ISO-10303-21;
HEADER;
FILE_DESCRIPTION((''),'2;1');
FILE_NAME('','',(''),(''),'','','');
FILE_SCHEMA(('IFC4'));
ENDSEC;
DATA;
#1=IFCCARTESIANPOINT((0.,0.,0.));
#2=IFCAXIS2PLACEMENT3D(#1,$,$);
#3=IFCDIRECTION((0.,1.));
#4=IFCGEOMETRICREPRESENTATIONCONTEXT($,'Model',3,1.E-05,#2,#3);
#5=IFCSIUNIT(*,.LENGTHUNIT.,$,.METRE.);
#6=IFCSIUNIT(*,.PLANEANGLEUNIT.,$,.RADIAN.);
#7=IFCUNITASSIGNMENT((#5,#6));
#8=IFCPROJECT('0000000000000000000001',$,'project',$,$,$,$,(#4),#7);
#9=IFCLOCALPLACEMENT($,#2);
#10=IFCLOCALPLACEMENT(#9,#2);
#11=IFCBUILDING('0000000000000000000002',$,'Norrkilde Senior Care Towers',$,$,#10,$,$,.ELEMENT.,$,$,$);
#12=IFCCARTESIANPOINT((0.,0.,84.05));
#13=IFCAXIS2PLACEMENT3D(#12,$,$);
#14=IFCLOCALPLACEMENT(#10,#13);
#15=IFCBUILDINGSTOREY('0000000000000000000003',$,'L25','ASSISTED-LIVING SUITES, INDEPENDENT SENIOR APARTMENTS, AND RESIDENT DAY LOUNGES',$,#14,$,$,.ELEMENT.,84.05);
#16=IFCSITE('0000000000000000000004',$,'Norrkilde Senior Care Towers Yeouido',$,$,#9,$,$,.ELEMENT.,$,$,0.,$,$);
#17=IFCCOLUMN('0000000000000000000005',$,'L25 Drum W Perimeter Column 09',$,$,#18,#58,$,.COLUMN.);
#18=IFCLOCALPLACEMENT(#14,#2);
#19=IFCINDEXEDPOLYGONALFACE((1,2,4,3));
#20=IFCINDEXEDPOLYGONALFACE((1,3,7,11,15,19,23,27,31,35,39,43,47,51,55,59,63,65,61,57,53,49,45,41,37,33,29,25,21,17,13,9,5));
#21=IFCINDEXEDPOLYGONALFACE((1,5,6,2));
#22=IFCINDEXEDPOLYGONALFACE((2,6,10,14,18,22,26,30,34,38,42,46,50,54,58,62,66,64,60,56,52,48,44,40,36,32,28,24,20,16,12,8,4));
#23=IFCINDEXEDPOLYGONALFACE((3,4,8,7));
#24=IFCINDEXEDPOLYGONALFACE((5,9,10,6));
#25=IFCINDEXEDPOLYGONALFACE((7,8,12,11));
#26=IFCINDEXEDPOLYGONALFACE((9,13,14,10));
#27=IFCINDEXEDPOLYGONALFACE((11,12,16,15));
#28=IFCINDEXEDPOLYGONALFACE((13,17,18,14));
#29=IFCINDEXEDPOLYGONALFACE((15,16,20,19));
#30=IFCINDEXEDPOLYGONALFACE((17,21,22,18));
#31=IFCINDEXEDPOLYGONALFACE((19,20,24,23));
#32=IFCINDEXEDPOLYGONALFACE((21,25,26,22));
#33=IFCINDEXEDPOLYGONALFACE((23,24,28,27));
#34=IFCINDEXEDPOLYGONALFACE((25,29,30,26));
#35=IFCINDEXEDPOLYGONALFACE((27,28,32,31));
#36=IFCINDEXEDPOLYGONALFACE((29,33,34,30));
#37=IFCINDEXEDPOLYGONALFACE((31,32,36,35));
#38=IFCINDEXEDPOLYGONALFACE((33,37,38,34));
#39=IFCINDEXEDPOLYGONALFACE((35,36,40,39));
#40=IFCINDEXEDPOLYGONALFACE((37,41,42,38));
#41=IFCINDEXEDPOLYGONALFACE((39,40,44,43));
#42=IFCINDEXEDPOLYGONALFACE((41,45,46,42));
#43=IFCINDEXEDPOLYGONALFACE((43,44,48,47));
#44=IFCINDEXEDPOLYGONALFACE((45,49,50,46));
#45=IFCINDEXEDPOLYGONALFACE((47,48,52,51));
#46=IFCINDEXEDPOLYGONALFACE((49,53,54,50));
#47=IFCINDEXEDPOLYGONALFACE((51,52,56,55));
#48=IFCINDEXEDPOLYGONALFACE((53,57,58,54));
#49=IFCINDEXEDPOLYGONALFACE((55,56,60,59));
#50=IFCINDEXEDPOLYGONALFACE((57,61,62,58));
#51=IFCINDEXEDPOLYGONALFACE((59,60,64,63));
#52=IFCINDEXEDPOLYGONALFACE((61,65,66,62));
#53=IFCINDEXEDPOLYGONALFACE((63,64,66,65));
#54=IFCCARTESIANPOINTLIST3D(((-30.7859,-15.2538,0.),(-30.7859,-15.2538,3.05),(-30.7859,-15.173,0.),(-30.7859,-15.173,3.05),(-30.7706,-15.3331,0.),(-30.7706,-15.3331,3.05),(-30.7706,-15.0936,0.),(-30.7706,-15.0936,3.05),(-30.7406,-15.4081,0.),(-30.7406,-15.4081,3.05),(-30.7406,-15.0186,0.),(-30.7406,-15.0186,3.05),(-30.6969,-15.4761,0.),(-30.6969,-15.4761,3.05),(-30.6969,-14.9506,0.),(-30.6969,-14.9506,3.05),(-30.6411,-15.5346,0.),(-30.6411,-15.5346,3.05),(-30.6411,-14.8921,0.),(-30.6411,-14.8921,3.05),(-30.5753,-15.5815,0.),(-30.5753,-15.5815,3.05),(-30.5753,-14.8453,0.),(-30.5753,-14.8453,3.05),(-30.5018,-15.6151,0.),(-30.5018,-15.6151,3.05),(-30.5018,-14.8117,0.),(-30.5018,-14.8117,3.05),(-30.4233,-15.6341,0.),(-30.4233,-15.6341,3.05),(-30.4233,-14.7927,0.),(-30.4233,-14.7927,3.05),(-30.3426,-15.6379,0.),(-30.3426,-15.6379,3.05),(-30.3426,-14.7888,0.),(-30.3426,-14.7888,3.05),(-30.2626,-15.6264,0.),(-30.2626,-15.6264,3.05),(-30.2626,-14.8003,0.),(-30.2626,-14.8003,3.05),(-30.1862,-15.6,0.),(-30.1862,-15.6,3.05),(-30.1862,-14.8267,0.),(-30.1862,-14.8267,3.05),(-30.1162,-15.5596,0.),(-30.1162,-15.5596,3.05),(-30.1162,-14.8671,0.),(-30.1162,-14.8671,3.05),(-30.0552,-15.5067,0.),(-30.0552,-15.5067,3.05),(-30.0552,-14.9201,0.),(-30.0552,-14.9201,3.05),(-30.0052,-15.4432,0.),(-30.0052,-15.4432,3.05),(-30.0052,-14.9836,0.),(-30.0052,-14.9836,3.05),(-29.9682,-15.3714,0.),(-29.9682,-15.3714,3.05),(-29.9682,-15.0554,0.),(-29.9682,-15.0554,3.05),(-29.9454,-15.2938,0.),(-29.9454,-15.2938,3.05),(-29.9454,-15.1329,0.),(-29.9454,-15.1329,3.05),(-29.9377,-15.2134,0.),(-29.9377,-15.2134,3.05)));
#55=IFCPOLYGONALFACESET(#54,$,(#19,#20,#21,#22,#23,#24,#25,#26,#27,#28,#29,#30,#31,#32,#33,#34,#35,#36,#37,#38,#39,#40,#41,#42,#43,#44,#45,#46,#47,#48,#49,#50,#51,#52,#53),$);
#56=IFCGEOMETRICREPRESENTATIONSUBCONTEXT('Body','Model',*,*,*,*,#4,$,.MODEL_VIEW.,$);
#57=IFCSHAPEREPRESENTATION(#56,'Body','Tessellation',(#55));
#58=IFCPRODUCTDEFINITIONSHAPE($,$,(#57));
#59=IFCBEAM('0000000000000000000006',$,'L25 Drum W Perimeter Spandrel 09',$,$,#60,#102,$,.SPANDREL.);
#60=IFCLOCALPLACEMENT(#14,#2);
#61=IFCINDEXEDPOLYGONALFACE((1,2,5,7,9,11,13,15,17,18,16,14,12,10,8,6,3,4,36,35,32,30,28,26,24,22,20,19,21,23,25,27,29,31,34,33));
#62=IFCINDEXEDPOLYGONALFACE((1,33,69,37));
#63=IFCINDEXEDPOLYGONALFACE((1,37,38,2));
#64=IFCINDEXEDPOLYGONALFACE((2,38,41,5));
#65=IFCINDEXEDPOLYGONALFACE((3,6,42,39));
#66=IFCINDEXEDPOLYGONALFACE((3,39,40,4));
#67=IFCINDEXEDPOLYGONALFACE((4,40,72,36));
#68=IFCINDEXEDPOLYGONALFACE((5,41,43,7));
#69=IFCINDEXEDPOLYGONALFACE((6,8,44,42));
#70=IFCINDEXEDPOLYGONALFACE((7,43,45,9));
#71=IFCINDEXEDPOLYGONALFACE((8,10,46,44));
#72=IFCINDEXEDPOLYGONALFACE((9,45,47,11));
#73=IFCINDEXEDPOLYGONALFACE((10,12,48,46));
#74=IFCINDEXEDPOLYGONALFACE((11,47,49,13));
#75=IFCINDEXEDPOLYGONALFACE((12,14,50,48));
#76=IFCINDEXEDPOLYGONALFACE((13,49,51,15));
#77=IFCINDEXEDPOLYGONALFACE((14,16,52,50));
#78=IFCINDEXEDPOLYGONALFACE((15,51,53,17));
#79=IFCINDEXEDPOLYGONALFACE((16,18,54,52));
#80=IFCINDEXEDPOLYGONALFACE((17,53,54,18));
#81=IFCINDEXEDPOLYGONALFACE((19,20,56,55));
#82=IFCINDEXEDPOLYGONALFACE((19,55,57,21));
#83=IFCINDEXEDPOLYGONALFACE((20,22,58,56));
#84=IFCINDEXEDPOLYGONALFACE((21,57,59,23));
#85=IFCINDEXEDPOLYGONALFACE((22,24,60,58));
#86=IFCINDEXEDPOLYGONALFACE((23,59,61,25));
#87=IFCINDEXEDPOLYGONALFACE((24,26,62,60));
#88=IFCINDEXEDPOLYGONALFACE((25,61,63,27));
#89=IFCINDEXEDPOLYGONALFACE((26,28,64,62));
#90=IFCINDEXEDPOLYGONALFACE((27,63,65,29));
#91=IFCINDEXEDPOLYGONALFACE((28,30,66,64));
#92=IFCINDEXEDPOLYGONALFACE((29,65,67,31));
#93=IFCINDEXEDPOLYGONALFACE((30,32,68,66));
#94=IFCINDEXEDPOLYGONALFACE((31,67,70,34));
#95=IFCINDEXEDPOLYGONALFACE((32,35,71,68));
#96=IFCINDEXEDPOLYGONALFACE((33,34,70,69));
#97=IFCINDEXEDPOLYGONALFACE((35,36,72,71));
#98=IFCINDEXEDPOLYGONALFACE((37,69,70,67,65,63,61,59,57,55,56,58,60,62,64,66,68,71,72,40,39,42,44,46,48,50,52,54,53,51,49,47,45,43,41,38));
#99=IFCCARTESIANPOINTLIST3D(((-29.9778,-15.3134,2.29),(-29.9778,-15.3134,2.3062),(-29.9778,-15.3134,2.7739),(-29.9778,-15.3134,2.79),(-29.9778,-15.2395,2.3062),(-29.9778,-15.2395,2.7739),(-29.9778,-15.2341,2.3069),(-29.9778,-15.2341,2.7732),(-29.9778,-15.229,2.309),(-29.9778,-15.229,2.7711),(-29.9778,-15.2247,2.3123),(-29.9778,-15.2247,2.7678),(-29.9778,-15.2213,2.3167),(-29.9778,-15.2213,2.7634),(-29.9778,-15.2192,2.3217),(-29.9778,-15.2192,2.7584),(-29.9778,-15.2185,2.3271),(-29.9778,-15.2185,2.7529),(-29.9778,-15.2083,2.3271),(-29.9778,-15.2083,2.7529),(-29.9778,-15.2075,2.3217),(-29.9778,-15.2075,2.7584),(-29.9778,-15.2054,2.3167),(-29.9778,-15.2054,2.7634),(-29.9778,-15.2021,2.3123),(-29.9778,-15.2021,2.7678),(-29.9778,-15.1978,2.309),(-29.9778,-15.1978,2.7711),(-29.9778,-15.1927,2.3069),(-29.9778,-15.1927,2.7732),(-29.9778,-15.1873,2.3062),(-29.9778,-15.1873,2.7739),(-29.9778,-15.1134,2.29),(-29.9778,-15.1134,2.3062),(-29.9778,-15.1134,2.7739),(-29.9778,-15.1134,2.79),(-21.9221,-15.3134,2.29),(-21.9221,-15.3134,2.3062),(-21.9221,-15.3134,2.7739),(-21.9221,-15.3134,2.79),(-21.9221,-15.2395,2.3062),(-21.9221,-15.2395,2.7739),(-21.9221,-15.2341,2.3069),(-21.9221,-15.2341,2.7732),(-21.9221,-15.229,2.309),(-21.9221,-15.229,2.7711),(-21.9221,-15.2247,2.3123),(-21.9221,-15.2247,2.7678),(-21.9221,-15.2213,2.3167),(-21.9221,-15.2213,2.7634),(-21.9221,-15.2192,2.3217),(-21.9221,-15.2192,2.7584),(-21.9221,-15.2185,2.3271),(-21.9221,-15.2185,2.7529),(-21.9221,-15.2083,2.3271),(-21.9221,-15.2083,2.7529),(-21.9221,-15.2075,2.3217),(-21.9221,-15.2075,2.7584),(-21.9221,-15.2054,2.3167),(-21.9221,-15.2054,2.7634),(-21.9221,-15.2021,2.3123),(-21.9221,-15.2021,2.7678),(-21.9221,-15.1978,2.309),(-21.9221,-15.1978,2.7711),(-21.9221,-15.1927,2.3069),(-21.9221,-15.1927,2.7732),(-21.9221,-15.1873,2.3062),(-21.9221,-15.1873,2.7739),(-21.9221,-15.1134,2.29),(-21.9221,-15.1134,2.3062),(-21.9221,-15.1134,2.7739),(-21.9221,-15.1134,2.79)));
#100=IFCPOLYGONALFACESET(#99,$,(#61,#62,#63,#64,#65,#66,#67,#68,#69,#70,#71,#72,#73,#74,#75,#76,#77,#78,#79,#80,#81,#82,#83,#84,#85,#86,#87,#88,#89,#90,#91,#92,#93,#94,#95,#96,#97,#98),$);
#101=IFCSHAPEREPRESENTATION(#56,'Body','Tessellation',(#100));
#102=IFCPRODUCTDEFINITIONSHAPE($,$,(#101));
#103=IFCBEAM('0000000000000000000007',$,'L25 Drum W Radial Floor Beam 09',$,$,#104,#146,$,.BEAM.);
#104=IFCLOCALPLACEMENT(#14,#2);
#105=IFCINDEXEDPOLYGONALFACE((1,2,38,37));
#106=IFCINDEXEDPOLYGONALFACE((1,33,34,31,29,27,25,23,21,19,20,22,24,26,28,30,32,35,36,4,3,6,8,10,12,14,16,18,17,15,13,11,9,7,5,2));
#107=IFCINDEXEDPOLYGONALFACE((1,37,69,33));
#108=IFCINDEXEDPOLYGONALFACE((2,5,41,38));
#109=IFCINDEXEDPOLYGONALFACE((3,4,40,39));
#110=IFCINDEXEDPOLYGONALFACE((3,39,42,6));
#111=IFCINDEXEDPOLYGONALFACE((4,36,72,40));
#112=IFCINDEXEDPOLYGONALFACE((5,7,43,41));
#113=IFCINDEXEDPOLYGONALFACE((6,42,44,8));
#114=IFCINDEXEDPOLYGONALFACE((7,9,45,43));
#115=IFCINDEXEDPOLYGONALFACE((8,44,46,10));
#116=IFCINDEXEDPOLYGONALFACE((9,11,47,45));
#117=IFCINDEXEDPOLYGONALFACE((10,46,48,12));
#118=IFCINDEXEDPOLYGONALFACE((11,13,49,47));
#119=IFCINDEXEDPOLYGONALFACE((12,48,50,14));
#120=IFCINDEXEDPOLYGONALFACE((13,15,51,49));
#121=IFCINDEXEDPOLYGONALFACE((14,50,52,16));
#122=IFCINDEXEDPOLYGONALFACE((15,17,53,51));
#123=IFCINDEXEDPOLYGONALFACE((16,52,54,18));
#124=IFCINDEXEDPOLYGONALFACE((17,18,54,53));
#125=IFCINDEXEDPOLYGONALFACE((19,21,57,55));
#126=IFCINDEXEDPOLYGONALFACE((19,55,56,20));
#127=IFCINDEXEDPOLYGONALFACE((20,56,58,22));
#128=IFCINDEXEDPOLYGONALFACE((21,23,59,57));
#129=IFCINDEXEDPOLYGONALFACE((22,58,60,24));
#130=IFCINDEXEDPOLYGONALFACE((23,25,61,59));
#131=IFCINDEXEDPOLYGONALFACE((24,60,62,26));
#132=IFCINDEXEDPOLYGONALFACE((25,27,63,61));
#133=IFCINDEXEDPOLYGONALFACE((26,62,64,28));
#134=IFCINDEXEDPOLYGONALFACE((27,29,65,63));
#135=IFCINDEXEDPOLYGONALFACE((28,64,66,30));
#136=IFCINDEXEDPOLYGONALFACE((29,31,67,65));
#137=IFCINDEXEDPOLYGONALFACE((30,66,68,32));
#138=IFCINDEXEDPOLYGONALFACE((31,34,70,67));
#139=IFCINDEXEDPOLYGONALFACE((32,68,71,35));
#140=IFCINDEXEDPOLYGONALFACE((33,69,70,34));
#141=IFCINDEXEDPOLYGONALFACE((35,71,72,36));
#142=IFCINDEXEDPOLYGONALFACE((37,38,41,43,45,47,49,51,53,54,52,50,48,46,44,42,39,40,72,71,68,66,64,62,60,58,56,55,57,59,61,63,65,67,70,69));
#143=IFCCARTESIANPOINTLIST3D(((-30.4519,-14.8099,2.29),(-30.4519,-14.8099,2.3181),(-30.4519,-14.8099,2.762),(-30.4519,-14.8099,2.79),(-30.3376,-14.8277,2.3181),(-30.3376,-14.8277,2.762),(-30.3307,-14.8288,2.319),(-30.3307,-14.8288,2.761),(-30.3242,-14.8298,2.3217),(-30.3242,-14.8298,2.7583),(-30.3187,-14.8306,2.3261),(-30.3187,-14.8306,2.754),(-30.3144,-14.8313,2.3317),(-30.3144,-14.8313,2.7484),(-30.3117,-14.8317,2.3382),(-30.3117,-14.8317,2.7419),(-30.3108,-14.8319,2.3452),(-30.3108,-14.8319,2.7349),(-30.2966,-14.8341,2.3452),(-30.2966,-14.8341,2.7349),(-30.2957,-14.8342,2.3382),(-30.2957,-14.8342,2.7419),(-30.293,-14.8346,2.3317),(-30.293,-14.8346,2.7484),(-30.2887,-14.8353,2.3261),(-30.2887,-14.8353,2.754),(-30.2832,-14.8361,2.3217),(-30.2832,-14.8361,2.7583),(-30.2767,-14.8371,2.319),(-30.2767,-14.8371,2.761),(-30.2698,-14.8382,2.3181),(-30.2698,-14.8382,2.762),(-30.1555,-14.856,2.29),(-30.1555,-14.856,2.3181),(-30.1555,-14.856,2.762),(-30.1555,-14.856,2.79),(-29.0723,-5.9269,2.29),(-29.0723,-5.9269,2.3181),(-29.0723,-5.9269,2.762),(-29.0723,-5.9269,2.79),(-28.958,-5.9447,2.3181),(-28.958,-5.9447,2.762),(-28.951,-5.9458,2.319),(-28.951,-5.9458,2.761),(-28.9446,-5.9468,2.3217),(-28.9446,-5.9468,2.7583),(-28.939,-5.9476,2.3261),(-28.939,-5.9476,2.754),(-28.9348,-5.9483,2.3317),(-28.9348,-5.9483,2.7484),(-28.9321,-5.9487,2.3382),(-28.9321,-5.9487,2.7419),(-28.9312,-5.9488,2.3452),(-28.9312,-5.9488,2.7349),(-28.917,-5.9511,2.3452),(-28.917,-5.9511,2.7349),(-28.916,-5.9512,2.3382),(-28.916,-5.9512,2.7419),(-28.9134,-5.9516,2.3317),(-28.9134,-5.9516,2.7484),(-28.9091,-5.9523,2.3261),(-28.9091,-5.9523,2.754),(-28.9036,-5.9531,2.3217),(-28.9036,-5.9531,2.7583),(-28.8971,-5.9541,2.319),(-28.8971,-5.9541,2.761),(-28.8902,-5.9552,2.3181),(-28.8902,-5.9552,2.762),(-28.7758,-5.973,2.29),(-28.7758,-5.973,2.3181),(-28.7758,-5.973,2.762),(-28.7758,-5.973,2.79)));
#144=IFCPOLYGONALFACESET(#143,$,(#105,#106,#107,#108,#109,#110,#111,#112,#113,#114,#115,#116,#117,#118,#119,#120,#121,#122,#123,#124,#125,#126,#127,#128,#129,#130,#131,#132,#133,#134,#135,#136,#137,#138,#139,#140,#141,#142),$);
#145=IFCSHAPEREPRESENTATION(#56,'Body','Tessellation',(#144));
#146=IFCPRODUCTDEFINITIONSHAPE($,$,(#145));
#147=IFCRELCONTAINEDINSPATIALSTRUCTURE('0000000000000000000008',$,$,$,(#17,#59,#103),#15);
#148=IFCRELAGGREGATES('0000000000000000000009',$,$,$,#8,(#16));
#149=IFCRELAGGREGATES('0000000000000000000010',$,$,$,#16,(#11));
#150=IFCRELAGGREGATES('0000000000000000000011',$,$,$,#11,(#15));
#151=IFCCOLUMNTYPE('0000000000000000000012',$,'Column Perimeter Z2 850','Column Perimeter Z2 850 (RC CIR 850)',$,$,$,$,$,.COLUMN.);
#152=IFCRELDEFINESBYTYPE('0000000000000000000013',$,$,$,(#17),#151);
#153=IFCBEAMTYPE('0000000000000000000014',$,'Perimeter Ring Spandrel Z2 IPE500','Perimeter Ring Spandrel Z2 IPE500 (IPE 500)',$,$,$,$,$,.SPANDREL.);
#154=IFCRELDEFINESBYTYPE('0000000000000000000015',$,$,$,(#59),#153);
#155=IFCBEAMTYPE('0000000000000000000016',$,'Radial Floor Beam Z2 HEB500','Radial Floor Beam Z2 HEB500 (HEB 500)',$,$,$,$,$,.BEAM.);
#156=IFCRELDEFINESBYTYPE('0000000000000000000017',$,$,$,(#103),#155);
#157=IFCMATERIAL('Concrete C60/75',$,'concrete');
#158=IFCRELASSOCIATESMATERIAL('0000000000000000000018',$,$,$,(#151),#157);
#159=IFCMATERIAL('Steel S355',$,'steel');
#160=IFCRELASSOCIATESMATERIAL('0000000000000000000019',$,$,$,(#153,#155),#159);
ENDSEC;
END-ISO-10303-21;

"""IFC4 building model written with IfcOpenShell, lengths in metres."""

from ifc_helpers import new_model, si_unit, direction, frame, origin, origin_2d, place, context, subcontext, project, spatial, circle, i_section, extrude, source, transform, mapped, material, material_profile, profile_set, type_object, type_shapes, element, save


model = new_model("IFC4")

# Units and contexts
model_context = context("Model", 3, precision=1e-05, world=origin(), true_north=direction((0.0, 1.0)))
body_context = subcontext(model_context, "Body", "Model", "MODEL_VIEW")
ifc_project = project(units=[si_unit("LENGTHUNIT", "METRE"), si_unit("PLANEANGLEUNIT", "RADIAN")], contexts=[model_context])

# Site, building, storey
site_placement = place(None, origin())
site = spatial("IfcSite", under=ifc_project, at=site_placement, Name="Norrkilde Senior Care Towers Yeouido", CompositionType="ELEMENT", RefElevation=0.0)
building_placement = place(site_placement, origin())
building = spatial("IfcBuilding", under=site, at=building_placement, Name="Norrkilde Senior Care Towers", CompositionType="ELEMENT")
storey_placement = place(building_placement, frame((0.0, 0.0, 84.05)))
storey = spatial("IfcBuildingStorey", under=building, at=storey_placement, Name="L25", Description="ASSISTED-LIVING SUITES, INDEPENDENT SENIOR APARTMENTS, AND RESIDENT DAY LOUNGES", CompositionType="ELEMENT", Elevation=84.05)

# Column
ifc_material_1 = material(Name="Concrete C60/75", Category="concrete")
ifc_material_profile_1 = material_profile(ifc_material_1, circle(Radius=0.425, at=origin_2d()), Name="RC CIR 850")
ifc_profile_set_1 = profile_set([ifc_material_profile_1], Name="Concrete C60/75")
column_type = type_object("IfcColumnType", Name="Column Perimeter Z2 850", Description="Column Perimeter Z2 850 (RC CIR 850)", PredefinedType="COLUMN", material=ifc_profile_set_1)
shared_shape_1 = source(origin(), body_context, "Body", "SweptSolid", [
    extrude(circle(Radius=0.425, at=origin_2d()), origin(), (0.0, 0.0, 1.0), 3.05),
])
type_shapes(column_type, [shared_shape_1])
column_placement = place(storey_placement, frame((-30.3628, -15.2134, 0.0), z_axis=(0.0, 0.0, 1.0), x_axis=(1.0, 0.0, 0.0)))
element("IfcColumn", 1, at=column_placement, inside=storey, type_object=column_type, Name="L25 Drum W Perimeter Column 09", PredefinedType="COLUMN", context=body_context, shape_type="MappedRepresentation", body=[
    mapped(shared_shape_1, transform((0.0, 0.0, 0.0), x_axis=(1.0, 0.0, 0.0), y_axis=(0.0, 1.0, 0.0), z_axis=(0.0, 0.0, 1.0), scale=1.0)),
])

# Beams
ifc_material_2 = material(Name="Steel S355", Category="steel")
ifc_material_profile_2 = material_profile(ifc_material_2, i_section(OverallWidth=0.2, OverallDepth=0.5, WebThickness=0.0103, FlangeThickness=0.0161, FilletRadius=0.021, at=origin_2d()), Name="IPE 500")
ifc_profile_set_2 = profile_set([ifc_material_profile_2], Name="Steel S355")
beam_type_1 = type_object("IfcBeamType", Name="Perimeter Ring Spandrel Z2 IPE500", Description="Perimeter Ring Spandrel Z2 IPE500 (IPE 500)", PredefinedType="SPANDREL", material=ifc_profile_set_2)
shared_shape_2 = source(origin(), body_context, "Body", "SweptSolid", [
    extrude(i_section(OverallWidth=0.2, OverallDepth=0.5, WebThickness=0.0103, FlangeThickness=0.0161, FilletRadius=0.021, at=origin_2d()), origin(), (0.0, 0.0, 1.0), 8.0557),
])
type_shapes(beam_type_1, [shared_shape_2])
beam_1_placement = place(storey_placement, frame((-29.9778, -15.2134, 2.54), z_axis=(1.0, 0.0, 0.0), x_axis=(0.0, 1.0, 0.0)))
element("IfcBeam", 2, at=beam_1_placement, inside=storey, type_object=beam_type_1, Name="L25 Drum W Perimeter Spandrel 09", PredefinedType="SPANDREL", context=body_context, shape_type="MappedRepresentation", body=[
    mapped(shared_shape_2, transform((0.0, 0.0, 0.0), x_axis=(1.0, 0.0, 0.0), y_axis=(0.0, 1.0, 0.0), z_axis=(0.0, 0.0, 1.0), scale=1.0)),
])
ifc_material_profile_3 = material_profile(ifc_material_2, i_section(OverallWidth=0.3, OverallDepth=0.5, WebThickness=0.0144, FlangeThickness=0.0281, FilletRadius=0.0271, at=origin_2d()), Name="HEB 500")
ifc_profile_set_3 = profile_set([ifc_material_profile_3], Name="Steel S355")
beam_type_2 = type_object("IfcBeamType", Name="Radial Floor Beam Z2 HEB500", Description="Radial Floor Beam Z2 HEB500 (HEB 500)", PredefinedType="BEAM", material=ifc_profile_set_3)
shared_shape_3 = source(origin(), body_context, "Body", "SweptSolid", [
    extrude(i_section(OverallWidth=0.3, OverallDepth=0.5, WebThickness=0.0144, FlangeThickness=0.0281, FilletRadius=0.0271, at=origin_2d()), origin(), (0.0, 0.0, 1.0), 8.9895),
])
beam_2_placement = place(storey_placement, frame((-28.9241, -5.95, 2.54), z_axis=(-0.153471, -0.988153, 0.0), x_axis=(0.988153, -0.153471, 0.0)))
element("IfcBeam", 3, at=beam_2_placement, inside=storey, type_object=beam_type_2, Name="L25 Drum W Radial Floor Beam 09", PredefinedType="BEAM", context=body_context, shape_type="MappedRepresentation", body=[
    mapped(shared_shape_3, transform((0.0, 0.0, 0.0), x_axis=(1.0, 0.0, 0.0), y_axis=(0.0, 1.0, 0.0), z_axis=(0.0, 0.0, 1.0), scale=1.0)),
])

save(model, "model.ifc")
